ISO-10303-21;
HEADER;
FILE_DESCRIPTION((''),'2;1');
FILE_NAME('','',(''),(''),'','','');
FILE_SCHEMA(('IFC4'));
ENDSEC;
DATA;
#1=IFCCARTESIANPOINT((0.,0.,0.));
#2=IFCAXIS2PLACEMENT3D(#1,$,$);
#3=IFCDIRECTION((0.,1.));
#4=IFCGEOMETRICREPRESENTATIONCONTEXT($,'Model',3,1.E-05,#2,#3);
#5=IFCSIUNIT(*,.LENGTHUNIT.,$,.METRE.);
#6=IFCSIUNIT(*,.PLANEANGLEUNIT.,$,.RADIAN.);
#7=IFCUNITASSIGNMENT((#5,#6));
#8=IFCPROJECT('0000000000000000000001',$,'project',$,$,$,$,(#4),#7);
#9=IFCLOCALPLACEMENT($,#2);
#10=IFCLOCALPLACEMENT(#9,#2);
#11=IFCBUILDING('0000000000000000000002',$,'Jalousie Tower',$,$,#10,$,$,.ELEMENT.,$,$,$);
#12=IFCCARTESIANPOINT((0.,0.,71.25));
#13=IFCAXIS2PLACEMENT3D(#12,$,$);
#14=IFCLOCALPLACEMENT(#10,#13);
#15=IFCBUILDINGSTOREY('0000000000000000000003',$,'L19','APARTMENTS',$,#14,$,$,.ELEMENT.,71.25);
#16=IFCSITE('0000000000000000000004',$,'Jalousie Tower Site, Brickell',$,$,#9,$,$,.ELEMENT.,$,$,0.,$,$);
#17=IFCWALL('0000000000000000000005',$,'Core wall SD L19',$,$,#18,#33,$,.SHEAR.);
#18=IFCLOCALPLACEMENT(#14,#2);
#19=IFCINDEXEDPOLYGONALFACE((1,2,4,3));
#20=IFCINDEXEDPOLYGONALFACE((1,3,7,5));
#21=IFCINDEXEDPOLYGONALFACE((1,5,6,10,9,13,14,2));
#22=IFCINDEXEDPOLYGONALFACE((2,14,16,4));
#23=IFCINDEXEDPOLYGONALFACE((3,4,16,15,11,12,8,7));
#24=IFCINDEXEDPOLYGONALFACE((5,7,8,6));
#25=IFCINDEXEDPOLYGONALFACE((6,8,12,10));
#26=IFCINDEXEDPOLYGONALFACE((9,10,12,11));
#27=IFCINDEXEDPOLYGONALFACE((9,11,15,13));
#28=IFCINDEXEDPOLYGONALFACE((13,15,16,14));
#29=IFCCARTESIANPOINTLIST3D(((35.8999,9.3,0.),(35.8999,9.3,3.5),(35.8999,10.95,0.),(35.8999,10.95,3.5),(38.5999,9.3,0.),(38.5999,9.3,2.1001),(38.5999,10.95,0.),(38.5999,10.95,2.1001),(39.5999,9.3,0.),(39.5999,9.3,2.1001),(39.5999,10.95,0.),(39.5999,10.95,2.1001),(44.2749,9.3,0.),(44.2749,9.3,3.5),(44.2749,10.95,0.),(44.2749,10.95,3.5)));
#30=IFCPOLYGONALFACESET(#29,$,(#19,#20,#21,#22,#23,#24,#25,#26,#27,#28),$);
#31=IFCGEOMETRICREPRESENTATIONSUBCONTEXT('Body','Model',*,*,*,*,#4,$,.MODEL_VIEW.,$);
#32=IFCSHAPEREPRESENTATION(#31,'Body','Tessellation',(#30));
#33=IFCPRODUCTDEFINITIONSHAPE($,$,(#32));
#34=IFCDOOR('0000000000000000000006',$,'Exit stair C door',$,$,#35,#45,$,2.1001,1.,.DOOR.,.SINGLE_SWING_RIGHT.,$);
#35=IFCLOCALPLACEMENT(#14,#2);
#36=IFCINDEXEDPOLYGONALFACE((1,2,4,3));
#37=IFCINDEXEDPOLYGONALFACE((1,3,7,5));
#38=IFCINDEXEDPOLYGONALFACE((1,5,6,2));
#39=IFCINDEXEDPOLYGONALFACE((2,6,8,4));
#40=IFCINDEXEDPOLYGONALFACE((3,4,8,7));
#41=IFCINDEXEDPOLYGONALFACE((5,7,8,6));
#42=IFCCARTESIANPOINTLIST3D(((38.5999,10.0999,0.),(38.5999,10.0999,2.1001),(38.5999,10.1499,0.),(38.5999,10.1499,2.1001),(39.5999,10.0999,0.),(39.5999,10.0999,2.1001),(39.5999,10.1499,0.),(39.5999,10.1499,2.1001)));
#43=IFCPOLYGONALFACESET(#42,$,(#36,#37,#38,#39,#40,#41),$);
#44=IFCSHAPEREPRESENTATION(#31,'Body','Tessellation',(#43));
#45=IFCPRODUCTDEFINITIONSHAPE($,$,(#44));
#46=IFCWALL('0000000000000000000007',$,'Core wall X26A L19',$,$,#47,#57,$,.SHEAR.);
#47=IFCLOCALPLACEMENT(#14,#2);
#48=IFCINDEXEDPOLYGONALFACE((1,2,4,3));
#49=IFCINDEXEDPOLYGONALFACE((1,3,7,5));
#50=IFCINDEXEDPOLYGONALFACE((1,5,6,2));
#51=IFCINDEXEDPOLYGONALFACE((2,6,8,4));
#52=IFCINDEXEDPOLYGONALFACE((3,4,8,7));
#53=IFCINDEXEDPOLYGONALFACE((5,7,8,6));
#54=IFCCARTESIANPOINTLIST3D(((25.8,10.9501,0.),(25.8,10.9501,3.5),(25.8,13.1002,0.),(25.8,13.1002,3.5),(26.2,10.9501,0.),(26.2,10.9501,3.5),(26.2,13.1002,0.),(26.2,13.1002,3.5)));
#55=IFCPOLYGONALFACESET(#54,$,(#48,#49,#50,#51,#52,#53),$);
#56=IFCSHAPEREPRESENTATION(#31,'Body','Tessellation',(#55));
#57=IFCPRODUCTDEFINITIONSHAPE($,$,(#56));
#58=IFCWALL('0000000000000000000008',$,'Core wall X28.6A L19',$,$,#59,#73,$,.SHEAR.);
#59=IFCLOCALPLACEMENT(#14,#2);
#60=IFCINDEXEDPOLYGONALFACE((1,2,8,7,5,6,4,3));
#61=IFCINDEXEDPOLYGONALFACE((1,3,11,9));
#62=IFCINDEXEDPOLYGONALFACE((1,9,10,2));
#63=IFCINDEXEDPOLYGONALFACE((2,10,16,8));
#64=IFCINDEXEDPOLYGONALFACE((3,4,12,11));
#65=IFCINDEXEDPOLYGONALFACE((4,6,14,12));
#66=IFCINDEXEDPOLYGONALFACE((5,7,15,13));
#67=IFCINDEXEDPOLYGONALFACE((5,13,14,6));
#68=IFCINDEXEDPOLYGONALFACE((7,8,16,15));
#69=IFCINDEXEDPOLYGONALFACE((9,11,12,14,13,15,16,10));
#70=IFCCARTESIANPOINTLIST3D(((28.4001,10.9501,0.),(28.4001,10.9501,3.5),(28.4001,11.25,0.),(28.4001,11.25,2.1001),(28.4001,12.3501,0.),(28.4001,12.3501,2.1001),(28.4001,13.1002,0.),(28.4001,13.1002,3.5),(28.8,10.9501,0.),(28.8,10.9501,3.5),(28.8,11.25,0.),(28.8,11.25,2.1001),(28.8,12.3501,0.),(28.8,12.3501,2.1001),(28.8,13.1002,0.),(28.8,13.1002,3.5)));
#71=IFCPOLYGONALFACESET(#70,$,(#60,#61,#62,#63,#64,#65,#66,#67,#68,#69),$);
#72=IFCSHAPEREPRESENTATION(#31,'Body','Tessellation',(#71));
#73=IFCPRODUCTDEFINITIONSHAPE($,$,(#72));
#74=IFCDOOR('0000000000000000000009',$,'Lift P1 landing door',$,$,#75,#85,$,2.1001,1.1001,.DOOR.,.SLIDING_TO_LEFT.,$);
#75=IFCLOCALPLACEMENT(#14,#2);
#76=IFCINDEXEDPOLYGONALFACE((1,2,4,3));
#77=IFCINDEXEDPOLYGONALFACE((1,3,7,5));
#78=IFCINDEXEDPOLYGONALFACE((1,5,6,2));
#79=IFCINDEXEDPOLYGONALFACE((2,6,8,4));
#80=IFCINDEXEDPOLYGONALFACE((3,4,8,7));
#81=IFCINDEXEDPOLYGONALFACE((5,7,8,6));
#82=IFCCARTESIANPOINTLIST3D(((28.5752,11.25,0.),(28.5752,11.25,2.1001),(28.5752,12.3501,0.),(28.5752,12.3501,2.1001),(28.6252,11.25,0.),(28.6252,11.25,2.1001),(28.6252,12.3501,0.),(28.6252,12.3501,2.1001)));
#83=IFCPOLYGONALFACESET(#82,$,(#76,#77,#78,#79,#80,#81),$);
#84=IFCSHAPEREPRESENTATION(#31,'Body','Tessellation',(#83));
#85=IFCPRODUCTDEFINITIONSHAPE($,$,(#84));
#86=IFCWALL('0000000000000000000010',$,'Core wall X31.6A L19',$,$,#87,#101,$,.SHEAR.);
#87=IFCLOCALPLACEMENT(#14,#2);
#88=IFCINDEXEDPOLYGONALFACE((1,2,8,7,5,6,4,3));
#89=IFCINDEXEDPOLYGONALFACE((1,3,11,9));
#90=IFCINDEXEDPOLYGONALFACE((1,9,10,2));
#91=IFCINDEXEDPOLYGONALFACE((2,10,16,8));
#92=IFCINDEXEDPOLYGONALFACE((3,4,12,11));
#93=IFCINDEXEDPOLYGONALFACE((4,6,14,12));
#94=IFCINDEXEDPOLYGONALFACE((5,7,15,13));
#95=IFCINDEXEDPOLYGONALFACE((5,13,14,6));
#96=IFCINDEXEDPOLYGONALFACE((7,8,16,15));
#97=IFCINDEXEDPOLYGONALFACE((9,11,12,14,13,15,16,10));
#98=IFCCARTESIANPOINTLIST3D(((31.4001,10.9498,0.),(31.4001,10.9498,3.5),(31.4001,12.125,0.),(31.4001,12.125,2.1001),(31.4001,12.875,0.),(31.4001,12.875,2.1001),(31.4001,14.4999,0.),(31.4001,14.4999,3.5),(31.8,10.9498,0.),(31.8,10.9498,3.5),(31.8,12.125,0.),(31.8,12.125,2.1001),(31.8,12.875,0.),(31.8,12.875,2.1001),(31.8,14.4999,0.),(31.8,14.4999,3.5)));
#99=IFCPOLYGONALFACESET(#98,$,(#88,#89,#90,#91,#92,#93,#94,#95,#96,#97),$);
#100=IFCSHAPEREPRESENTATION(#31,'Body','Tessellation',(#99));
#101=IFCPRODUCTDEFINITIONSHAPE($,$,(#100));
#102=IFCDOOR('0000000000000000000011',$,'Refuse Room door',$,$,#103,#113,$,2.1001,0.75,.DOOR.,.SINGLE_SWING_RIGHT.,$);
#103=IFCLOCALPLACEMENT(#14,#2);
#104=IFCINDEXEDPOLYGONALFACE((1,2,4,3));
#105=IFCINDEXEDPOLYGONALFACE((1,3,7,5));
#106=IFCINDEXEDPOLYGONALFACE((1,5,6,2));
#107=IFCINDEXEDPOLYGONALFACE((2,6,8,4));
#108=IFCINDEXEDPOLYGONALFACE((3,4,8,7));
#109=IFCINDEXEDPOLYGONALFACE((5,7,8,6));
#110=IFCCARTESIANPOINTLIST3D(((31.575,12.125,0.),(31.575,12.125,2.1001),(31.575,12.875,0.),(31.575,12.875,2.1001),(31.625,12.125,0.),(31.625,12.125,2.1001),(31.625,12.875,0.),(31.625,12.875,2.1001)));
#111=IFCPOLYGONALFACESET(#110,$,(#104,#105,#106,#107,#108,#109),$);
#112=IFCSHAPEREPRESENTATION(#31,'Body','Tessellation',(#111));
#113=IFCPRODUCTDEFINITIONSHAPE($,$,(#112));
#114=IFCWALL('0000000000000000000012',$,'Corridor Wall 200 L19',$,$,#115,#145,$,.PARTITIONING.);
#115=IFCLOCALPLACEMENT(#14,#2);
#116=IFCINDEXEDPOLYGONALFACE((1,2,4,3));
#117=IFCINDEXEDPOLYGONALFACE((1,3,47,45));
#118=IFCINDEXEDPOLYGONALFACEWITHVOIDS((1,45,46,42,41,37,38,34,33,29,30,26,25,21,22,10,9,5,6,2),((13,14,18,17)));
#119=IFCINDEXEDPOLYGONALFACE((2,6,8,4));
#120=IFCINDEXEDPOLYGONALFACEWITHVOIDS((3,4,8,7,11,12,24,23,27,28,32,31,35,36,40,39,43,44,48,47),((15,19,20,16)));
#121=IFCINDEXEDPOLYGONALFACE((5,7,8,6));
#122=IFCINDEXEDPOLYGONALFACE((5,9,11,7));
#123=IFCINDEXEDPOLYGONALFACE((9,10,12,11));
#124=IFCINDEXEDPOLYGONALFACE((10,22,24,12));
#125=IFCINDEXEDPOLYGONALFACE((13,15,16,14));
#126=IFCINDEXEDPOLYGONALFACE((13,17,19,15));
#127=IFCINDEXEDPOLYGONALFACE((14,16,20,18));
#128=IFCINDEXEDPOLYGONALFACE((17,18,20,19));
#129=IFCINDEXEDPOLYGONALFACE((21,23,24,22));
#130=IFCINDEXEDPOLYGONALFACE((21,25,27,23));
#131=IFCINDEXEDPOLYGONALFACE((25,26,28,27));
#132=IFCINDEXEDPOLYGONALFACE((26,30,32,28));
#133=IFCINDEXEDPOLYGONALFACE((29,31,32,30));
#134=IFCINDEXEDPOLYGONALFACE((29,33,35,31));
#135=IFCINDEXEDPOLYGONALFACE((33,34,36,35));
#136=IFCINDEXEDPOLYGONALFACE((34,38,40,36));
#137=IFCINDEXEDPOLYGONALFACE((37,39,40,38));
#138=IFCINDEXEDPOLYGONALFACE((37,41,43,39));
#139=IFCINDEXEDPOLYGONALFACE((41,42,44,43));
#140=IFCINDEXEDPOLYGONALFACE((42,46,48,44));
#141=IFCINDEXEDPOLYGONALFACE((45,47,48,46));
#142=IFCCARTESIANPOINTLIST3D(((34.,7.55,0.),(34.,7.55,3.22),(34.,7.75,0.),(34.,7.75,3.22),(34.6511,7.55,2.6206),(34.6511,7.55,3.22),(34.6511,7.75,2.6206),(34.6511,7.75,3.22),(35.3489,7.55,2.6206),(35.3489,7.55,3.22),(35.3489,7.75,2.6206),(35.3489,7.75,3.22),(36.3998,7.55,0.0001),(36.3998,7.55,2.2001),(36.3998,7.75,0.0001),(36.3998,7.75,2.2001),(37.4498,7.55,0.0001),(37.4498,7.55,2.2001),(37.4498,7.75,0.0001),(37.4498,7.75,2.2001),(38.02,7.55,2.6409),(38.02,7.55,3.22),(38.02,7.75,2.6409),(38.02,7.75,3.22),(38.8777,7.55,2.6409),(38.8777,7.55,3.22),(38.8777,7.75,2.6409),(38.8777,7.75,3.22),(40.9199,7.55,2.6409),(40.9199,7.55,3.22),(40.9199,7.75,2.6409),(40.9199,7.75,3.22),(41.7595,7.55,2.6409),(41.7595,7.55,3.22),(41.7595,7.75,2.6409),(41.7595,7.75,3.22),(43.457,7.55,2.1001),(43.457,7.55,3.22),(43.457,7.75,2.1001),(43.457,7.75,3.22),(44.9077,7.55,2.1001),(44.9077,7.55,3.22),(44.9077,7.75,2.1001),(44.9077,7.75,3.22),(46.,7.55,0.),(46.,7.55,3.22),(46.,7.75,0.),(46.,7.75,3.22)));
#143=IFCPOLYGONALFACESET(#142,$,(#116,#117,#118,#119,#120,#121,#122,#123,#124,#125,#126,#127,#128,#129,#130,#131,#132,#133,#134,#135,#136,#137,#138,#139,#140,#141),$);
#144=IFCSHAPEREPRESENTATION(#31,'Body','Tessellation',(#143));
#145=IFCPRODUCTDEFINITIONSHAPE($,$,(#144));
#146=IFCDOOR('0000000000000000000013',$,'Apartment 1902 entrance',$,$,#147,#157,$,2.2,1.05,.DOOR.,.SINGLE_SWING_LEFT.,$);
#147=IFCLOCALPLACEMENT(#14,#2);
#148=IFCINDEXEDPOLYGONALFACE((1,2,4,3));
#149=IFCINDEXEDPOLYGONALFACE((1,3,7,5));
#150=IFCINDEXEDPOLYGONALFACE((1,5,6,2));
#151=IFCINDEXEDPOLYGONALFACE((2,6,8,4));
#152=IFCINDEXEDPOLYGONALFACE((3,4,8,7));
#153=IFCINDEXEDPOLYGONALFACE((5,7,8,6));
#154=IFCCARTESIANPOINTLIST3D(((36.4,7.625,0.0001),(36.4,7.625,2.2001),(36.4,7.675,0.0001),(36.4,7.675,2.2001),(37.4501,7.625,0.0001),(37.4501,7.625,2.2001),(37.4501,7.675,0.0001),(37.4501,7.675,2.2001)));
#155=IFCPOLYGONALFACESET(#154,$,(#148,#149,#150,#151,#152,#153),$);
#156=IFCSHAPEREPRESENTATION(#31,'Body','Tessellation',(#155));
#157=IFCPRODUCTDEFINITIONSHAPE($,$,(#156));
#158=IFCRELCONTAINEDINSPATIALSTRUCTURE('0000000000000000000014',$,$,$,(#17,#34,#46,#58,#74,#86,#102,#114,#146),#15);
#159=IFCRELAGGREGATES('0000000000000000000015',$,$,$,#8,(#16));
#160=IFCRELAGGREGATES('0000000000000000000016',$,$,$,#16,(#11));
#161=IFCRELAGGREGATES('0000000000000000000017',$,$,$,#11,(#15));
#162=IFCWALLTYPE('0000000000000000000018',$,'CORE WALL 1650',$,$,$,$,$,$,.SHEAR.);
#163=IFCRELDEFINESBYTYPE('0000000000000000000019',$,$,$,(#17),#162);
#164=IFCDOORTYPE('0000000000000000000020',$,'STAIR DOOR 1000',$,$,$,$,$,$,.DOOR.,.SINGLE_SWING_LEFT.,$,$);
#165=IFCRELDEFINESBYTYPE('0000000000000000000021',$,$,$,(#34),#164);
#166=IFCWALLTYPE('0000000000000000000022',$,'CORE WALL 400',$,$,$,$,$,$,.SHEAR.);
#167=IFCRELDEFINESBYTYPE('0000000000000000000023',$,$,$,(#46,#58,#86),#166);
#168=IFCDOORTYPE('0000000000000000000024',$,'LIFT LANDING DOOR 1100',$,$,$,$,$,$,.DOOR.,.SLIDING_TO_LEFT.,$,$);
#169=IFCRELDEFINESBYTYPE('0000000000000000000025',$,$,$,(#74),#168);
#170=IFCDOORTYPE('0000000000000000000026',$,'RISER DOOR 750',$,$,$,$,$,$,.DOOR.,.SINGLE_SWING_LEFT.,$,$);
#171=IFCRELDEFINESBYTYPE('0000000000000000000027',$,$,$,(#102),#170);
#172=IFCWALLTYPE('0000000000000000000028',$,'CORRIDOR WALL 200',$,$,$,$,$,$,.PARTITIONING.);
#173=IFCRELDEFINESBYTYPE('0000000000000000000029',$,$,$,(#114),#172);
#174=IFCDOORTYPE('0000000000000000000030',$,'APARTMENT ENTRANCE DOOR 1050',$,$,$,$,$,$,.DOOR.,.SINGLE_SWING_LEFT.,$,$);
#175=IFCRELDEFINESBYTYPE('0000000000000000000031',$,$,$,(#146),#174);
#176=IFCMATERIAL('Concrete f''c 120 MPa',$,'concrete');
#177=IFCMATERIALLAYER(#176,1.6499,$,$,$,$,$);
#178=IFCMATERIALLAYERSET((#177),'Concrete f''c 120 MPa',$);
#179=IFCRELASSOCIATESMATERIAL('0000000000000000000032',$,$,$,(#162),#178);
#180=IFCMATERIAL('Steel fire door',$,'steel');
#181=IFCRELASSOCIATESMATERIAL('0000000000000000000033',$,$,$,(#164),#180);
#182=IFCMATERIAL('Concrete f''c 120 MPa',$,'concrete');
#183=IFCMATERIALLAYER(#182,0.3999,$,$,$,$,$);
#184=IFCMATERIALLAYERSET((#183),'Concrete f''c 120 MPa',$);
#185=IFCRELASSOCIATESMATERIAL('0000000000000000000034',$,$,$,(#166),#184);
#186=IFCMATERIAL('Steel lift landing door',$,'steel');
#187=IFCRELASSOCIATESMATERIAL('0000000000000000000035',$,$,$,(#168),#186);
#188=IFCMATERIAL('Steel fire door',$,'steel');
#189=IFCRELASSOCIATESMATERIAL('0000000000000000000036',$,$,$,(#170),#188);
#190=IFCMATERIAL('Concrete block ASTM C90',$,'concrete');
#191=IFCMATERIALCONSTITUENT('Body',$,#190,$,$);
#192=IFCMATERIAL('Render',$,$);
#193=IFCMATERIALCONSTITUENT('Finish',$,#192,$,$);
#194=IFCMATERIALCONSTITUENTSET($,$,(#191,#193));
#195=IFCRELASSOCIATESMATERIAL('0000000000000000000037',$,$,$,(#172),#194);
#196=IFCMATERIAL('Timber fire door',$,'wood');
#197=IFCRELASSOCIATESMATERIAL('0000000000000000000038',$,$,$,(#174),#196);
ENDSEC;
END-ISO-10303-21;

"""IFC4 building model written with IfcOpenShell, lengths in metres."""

from ifc_helpers import new_model, si_unit, direction, frame, frame_2d, origin, place, context, subcontext, project, spatial, polyline, rectangle, outline, extrude, material, layer, layer_set, constituent, constituent_set, type_object, element, fill, save


model = new_model("IFC4")

# Units and contexts
model_context = context("Model", 3, precision=1e-05, world=origin(), true_north=direction((0.0, 1.0)))
body_context = subcontext(model_context, "Body", "Model", "MODEL_VIEW")
ifc_project = project(units=[si_unit("LENGTHUNIT", "METRE"), si_unit("PLANEANGLEUNIT", "RADIAN")], contexts=[model_context])

# Site, building, storey
site_placement = place(None, origin())
site = spatial("IfcSite", under=ifc_project, at=site_placement, Name="Jalousie Tower Site, Brickell", CompositionType="ELEMENT", RefElevation=0.0)
building_placement = place(site_placement, origin())
building = spatial("IfcBuilding", under=site, at=building_placement, Name="Jalousie Tower", CompositionType="ELEMENT")
storey_placement = place(building_placement, frame((0.0, 0.0, 71.25)))
storey = spatial("IfcBuildingStorey", under=building, at=storey_placement, Name="L19", Description="APARTMENTS", CompositionType="ELEMENT", Elevation=71.25)

# Shared definitions
ifc_material_1 = material(Name="Concrete f'c 120 MPa", Category="concrete")
ifc_layer_1 = layer(ifc_material_1, 1.6499)
ifc_layer_set_1 = layer_set([ifc_layer_1], Name="Concrete f'c 120 MPa")
wall_type_1 = type_object("IfcWallType", Name="CORE WALL 1650", PredefinedType="SHEAR", material=ifc_layer_set_1)

# Wall, opening, door
wall_1_placement = place(storey_placement, frame((35.8999, 10.125, 0.0), z_axis=(0.0, 0.0, 1.0), x_axis=(1.0, 0.0, 0.0)))
wall_1 = element("IfcWall", 1, at=wall_1_placement, inside=storey, type_object=wall_type_1, Name="Core wall SD L19", PredefinedType="SHEAR", context=body_context, shape_type="SweptSolid", body=[
    extrude(rectangle(XDim=8.375, YDim=1.6499, at=frame_2d((4.1875, 0.0))), origin(), (0.0, 0.0, 1.0), 3.5),
])
opening_1_placement = place(wall_1_placement, frame((2.7, 0.0, 0.0)))
opening_1 = element("IfcOpeningElement", 2, at=opening_1_placement, cuts=wall_1, PredefinedType="OPENING", context=body_context, shape_type="SweptSolid", body=[
    extrude(rectangle(XDim=1.0, YDim=2.1001, at=frame_2d((0.5, 1.05))), frame((0.0, 0.835, 0.0), z_axis=(0.0, -1.0, 0.0), x_axis=(1.0, 0.0, 0.0)), (0.0, 0.0, 1.0), 1.6699),
])
ifc_material_2 = material(Name="Steel fire door", Category="steel")
door_type_1 = type_object("IfcDoorType", Name="STAIR DOOR 1000", OperationType="SINGLE_SWING_LEFT", PredefinedType="DOOR", material=ifc_material_2)
door_1_placement = place(opening_1_placement, origin())
door_1 = element("IfcDoor", 3, at=door_1_placement, inside=storey, type_object=door_type_1, Name="Exit stair C door", OperationType="SINGLE_SWING_RIGHT", OverallHeight=2.1001, OverallWidth=1.0, PredefinedType="DOOR", context=body_context, shape_type="SweptSolid", body=[
    extrude(rectangle(XDim=1.0, YDim=2.1001, at=frame_2d((0.5, 1.05))), frame((0.0, 0.0249, 0.0), z_axis=(0.0, -1.0, 0.0), x_axis=(1.0, 0.0, 0.0)), (0.0, 0.0, 1.0), 0.05),
])
fill(opening_1, door_1)

# Wall
ifc_material_3 = material(Name="Concrete f'c 120 MPa", Category="concrete")
ifc_layer_2 = layer(ifc_material_3, 0.3999)
ifc_layer_set_2 = layer_set([ifc_layer_2], Name="Concrete f'c 120 MPa")
wall_type_2 = type_object("IfcWallType", Name="CORE WALL 400", PredefinedType="SHEAR", material=ifc_layer_set_2)
wall_2_placement = place(storey_placement, frame((26.0, 10.95, 0.0), z_axis=(0.0, 0.0, 1.0), x_axis=(0.0, 1.0, 0.0)))
element("IfcWall", 4, at=wall_2_placement, inside=storey, type_object=wall_type_2, Name="Core wall X26A L19", PredefinedType="SHEAR", context=body_context, shape_type="SweptSolid", body=[
    extrude(rectangle(XDim=2.1501, YDim=0.3999, at=frame_2d((1.0752, 0.0))), origin(), (0.0, 0.0, 1.0), 3.5),
])

# Walls, openings, doors
wall_3_placement = place(storey_placement, frame((28.6001, 10.95, 0.0), z_axis=(0.0, 0.0, 1.0), x_axis=(0.0, 1.0, 0.0)))
wall_3 = element("IfcWall", 5, at=wall_3_placement, inside=storey, type_object=wall_type_2, Name="Core wall X28.6A L19", PredefinedType="SHEAR", context=body_context, shape_type="SweptSolid", body=[
    extrude(rectangle(XDim=2.1501, YDim=0.3999, at=frame_2d((1.0752, 0.0))), origin(), (0.0, 0.0, 1.0), 3.5),
])
opening_2_placement = place(wall_3_placement, frame((0.3, 0.0, 0.0)))
opening_2 = element("IfcOpeningElement", 6, at=opening_2_placement, cuts=wall_3, PredefinedType="OPENING", context=body_context, shape_type="SweptSolid", body=[
    extrude(rectangle(XDim=1.1001, YDim=2.1001, at=frame_2d((0.55, 1.05))), frame((0.0, 0.21, 0.0), z_axis=(0.0, -1.0, 0.0), x_axis=(1.0, 0.0, 0.0)), (0.0, 0.0, 1.0), 0.4199),
])
ifc_material_4 = material(Name="Steel lift landing door", Category="steel")
door_type_2 = type_object("IfcDoorType", Name="LIFT LANDING DOOR 1100", OperationType="SLIDING_TO_LEFT", PredefinedType="DOOR", material=ifc_material_4)
door_2_placement = place(opening_2_placement, origin())
door_2 = element("IfcDoor", 7, at=door_2_placement, inside=storey, type_object=door_type_2, Name="Lift P1 landing door", OperationType="SLIDING_TO_LEFT", OverallHeight=2.1001, OverallWidth=1.1001, PredefinedType="DOOR", context=body_context, shape_type="SweptSolid", body=[
    extrude(rectangle(XDim=1.1001, YDim=2.1001, at=frame_2d((0.55, 1.05))), frame((0.0, 0.0249, 0.0), z_axis=(0.0, -1.0, 0.0), x_axis=(1.0, 0.0, 0.0)), (0.0, 0.0, 1.0), 0.05),
])
fill(opening_2, door_2)
wall_4_placement = place(storey_placement, frame((31.6001, 10.95, 0.0), z_axis=(0.0, 0.0, 1.0), x_axis=(0.0, 1.0, 0.0)))
wall_4 = element("IfcWall", 8, at=wall_4_placement, inside=storey, type_object=wall_type_2, Name="Core wall X31.6A L19", PredefinedType="SHEAR", context=body_context, shape_type="SweptSolid", body=[
    extrude(rectangle(XDim=3.55, YDim=0.3999, at=frame_2d((1.7749, 0.0))), origin(), (0.0, 0.0, 1.0), 3.5),
])
opening_3_placement = place(wall_4_placement, frame((1.175, 0.0, 0.0)))
opening_3 = element("IfcOpeningElement", 9, at=opening_3_placement, cuts=wall_4, PredefinedType="OPENING", context=body_context, shape_type="SweptSolid", body=[
    extrude(rectangle(XDim=0.75, YDim=2.1001, at=frame_2d((0.375, 1.05))), frame((0.0, 0.21, 0.0), z_axis=(0.0, -1.0, 0.0), x_axis=(1.0, 0.0, 0.0)), (0.0, 0.0, 1.0), 0.4199),
])
ifc_material_5 = material(Name="Steel fire door", Category="steel")
door_type_3 = type_object("IfcDoorType", Name="RISER DOOR 750", OperationType="SINGLE_SWING_LEFT", PredefinedType="DOOR", material=ifc_material_5)
door_3_placement = place(opening_3_placement, frame((0.75, 0.0, 0.0), z_axis=(0.0, 0.0, 1.0), x_axis=(-1.0, 0.0, 0.0)))
door_3 = element("IfcDoor", 10, at=door_3_placement, inside=storey, type_object=door_type_3, Name="Refuse Room door", OperationType="SINGLE_SWING_RIGHT", OverallHeight=2.1001, OverallWidth=0.75, PredefinedType="DOOR", context=body_context, shape_type="SweptSolid", body=[
    extrude(rectangle(XDim=0.75, YDim=2.1001, at=frame_2d((0.375, 1.05))), frame((0.0, 0.0249, 0.0), z_axis=(0.0, -1.0, 0.0), x_axis=(1.0, 0.0, 0.0)), (0.0, 0.0, 1.0), 0.05),
])
fill(opening_3, door_3)
ifc_material_6 = material(Name="Concrete block ASTM C90", Category="concrete")
ifc_constituent_1 = constituent(ifc_material_6, Name="Body")
ifc_material_7 = material(Name="Render")
ifc_constituent_2 = constituent(ifc_material_7, Name="Finish")
ifc_constituent_set_1 = constituent_set(constituents=[ifc_constituent_1, ifc_constituent_2])
wall_type_3 = type_object("IfcWallType", Name="CORRIDOR WALL 200", PredefinedType="PARTITIONING", material=ifc_constituent_set_1)
wall_5_placement = place(storey_placement, frame((34.0, 7.6499, 0.0), z_axis=(0.0, 0.0, 1.0), x_axis=(1.0, 0.0, 0.0)))
wall_5 = element("IfcWall", 11, at=wall_5_placement, inside=storey, type_object=wall_type_3, Name="Corridor Wall 200 L19", PredefinedType="PARTITIONING", context=body_context, shape_type="SweptSolid", body=[
    extrude(outline(polyline([(0.0, 0.0), (12.0, 0.0), (12.0, 3.22), (10.9077, 3.22), (10.9077, 2.1001), (9.457, 2.1001), (9.457, 3.22), (7.7595, 3.22), (7.7595, 2.6409), (6.9199, 2.6409), (6.9199, 3.22), (4.8777, 3.22), (4.8777, 2.6409), (4.02, 2.6409), (4.02, 3.22), (1.3489, 3.22), (1.3489, 2.6206), (0.6511, 2.6206), (0.6511, 3.22), (0.0, 3.22), (0.0, 0.0)])), frame((0.0, 0.1001, 0.0), z_axis=(0.0, -1.0, 0.0), x_axis=(1.0, 0.0, 0.0)), (0.0, 0.0, 1.0), 0.2),
])
opening_4_placement = place(wall_5_placement, frame((2.3999, 0.0, 0.0)))
opening_4 = element("IfcOpeningElement", 12, at=opening_4_placement, cuts=wall_5, PredefinedType="OPENING", context=body_context, shape_type="SweptSolid", body=[
    extrude(rectangle(XDim=1.05, YDim=2.2, at=frame_2d((0.5249, 1.1001))), frame((0.0, 0.1099, 0.0), z_axis=(0.0, -1.0, 0.0), x_axis=(1.0, 0.0, 0.0)), (0.0, 0.0, 1.0), 0.22),
])
ifc_material_8 = material(Name="Timber fire door", Category="wood")
door_type_4 = type_object("IfcDoorType", Name="APARTMENT ENTRANCE DOOR 1050", OperationType="SINGLE_SWING_LEFT", PredefinedType="DOOR", material=ifc_material_8)
door_4_placement = place(opening_4_placement, frame((1.05, 0.0, 0.0), z_axis=(0.0, 0.0, 1.0), x_axis=(-1.0, 0.0, 0.0)))
door_4 = element("IfcDoor", 13, at=door_4_placement, inside=storey, type_object=door_type_4, Name="Apartment 1902 entrance", OperationType="SINGLE_SWING_LEFT", OverallHeight=2.2, OverallWidth=1.05, PredefinedType="DOOR", context=body_context, shape_type="SweptSolid", body=[
    extrude(rectangle(XDim=1.05, YDim=2.2, at=frame_2d((0.5249, 1.1001))), frame((0.0, 0.0249, 0.0), z_axis=(0.0, -1.0, 0.0), x_axis=(1.0, 0.0, 0.0)), (0.0, 0.0, 1.0), 0.05),
])
fill(opening_4, door_4)

save(model, "model.ifc")
